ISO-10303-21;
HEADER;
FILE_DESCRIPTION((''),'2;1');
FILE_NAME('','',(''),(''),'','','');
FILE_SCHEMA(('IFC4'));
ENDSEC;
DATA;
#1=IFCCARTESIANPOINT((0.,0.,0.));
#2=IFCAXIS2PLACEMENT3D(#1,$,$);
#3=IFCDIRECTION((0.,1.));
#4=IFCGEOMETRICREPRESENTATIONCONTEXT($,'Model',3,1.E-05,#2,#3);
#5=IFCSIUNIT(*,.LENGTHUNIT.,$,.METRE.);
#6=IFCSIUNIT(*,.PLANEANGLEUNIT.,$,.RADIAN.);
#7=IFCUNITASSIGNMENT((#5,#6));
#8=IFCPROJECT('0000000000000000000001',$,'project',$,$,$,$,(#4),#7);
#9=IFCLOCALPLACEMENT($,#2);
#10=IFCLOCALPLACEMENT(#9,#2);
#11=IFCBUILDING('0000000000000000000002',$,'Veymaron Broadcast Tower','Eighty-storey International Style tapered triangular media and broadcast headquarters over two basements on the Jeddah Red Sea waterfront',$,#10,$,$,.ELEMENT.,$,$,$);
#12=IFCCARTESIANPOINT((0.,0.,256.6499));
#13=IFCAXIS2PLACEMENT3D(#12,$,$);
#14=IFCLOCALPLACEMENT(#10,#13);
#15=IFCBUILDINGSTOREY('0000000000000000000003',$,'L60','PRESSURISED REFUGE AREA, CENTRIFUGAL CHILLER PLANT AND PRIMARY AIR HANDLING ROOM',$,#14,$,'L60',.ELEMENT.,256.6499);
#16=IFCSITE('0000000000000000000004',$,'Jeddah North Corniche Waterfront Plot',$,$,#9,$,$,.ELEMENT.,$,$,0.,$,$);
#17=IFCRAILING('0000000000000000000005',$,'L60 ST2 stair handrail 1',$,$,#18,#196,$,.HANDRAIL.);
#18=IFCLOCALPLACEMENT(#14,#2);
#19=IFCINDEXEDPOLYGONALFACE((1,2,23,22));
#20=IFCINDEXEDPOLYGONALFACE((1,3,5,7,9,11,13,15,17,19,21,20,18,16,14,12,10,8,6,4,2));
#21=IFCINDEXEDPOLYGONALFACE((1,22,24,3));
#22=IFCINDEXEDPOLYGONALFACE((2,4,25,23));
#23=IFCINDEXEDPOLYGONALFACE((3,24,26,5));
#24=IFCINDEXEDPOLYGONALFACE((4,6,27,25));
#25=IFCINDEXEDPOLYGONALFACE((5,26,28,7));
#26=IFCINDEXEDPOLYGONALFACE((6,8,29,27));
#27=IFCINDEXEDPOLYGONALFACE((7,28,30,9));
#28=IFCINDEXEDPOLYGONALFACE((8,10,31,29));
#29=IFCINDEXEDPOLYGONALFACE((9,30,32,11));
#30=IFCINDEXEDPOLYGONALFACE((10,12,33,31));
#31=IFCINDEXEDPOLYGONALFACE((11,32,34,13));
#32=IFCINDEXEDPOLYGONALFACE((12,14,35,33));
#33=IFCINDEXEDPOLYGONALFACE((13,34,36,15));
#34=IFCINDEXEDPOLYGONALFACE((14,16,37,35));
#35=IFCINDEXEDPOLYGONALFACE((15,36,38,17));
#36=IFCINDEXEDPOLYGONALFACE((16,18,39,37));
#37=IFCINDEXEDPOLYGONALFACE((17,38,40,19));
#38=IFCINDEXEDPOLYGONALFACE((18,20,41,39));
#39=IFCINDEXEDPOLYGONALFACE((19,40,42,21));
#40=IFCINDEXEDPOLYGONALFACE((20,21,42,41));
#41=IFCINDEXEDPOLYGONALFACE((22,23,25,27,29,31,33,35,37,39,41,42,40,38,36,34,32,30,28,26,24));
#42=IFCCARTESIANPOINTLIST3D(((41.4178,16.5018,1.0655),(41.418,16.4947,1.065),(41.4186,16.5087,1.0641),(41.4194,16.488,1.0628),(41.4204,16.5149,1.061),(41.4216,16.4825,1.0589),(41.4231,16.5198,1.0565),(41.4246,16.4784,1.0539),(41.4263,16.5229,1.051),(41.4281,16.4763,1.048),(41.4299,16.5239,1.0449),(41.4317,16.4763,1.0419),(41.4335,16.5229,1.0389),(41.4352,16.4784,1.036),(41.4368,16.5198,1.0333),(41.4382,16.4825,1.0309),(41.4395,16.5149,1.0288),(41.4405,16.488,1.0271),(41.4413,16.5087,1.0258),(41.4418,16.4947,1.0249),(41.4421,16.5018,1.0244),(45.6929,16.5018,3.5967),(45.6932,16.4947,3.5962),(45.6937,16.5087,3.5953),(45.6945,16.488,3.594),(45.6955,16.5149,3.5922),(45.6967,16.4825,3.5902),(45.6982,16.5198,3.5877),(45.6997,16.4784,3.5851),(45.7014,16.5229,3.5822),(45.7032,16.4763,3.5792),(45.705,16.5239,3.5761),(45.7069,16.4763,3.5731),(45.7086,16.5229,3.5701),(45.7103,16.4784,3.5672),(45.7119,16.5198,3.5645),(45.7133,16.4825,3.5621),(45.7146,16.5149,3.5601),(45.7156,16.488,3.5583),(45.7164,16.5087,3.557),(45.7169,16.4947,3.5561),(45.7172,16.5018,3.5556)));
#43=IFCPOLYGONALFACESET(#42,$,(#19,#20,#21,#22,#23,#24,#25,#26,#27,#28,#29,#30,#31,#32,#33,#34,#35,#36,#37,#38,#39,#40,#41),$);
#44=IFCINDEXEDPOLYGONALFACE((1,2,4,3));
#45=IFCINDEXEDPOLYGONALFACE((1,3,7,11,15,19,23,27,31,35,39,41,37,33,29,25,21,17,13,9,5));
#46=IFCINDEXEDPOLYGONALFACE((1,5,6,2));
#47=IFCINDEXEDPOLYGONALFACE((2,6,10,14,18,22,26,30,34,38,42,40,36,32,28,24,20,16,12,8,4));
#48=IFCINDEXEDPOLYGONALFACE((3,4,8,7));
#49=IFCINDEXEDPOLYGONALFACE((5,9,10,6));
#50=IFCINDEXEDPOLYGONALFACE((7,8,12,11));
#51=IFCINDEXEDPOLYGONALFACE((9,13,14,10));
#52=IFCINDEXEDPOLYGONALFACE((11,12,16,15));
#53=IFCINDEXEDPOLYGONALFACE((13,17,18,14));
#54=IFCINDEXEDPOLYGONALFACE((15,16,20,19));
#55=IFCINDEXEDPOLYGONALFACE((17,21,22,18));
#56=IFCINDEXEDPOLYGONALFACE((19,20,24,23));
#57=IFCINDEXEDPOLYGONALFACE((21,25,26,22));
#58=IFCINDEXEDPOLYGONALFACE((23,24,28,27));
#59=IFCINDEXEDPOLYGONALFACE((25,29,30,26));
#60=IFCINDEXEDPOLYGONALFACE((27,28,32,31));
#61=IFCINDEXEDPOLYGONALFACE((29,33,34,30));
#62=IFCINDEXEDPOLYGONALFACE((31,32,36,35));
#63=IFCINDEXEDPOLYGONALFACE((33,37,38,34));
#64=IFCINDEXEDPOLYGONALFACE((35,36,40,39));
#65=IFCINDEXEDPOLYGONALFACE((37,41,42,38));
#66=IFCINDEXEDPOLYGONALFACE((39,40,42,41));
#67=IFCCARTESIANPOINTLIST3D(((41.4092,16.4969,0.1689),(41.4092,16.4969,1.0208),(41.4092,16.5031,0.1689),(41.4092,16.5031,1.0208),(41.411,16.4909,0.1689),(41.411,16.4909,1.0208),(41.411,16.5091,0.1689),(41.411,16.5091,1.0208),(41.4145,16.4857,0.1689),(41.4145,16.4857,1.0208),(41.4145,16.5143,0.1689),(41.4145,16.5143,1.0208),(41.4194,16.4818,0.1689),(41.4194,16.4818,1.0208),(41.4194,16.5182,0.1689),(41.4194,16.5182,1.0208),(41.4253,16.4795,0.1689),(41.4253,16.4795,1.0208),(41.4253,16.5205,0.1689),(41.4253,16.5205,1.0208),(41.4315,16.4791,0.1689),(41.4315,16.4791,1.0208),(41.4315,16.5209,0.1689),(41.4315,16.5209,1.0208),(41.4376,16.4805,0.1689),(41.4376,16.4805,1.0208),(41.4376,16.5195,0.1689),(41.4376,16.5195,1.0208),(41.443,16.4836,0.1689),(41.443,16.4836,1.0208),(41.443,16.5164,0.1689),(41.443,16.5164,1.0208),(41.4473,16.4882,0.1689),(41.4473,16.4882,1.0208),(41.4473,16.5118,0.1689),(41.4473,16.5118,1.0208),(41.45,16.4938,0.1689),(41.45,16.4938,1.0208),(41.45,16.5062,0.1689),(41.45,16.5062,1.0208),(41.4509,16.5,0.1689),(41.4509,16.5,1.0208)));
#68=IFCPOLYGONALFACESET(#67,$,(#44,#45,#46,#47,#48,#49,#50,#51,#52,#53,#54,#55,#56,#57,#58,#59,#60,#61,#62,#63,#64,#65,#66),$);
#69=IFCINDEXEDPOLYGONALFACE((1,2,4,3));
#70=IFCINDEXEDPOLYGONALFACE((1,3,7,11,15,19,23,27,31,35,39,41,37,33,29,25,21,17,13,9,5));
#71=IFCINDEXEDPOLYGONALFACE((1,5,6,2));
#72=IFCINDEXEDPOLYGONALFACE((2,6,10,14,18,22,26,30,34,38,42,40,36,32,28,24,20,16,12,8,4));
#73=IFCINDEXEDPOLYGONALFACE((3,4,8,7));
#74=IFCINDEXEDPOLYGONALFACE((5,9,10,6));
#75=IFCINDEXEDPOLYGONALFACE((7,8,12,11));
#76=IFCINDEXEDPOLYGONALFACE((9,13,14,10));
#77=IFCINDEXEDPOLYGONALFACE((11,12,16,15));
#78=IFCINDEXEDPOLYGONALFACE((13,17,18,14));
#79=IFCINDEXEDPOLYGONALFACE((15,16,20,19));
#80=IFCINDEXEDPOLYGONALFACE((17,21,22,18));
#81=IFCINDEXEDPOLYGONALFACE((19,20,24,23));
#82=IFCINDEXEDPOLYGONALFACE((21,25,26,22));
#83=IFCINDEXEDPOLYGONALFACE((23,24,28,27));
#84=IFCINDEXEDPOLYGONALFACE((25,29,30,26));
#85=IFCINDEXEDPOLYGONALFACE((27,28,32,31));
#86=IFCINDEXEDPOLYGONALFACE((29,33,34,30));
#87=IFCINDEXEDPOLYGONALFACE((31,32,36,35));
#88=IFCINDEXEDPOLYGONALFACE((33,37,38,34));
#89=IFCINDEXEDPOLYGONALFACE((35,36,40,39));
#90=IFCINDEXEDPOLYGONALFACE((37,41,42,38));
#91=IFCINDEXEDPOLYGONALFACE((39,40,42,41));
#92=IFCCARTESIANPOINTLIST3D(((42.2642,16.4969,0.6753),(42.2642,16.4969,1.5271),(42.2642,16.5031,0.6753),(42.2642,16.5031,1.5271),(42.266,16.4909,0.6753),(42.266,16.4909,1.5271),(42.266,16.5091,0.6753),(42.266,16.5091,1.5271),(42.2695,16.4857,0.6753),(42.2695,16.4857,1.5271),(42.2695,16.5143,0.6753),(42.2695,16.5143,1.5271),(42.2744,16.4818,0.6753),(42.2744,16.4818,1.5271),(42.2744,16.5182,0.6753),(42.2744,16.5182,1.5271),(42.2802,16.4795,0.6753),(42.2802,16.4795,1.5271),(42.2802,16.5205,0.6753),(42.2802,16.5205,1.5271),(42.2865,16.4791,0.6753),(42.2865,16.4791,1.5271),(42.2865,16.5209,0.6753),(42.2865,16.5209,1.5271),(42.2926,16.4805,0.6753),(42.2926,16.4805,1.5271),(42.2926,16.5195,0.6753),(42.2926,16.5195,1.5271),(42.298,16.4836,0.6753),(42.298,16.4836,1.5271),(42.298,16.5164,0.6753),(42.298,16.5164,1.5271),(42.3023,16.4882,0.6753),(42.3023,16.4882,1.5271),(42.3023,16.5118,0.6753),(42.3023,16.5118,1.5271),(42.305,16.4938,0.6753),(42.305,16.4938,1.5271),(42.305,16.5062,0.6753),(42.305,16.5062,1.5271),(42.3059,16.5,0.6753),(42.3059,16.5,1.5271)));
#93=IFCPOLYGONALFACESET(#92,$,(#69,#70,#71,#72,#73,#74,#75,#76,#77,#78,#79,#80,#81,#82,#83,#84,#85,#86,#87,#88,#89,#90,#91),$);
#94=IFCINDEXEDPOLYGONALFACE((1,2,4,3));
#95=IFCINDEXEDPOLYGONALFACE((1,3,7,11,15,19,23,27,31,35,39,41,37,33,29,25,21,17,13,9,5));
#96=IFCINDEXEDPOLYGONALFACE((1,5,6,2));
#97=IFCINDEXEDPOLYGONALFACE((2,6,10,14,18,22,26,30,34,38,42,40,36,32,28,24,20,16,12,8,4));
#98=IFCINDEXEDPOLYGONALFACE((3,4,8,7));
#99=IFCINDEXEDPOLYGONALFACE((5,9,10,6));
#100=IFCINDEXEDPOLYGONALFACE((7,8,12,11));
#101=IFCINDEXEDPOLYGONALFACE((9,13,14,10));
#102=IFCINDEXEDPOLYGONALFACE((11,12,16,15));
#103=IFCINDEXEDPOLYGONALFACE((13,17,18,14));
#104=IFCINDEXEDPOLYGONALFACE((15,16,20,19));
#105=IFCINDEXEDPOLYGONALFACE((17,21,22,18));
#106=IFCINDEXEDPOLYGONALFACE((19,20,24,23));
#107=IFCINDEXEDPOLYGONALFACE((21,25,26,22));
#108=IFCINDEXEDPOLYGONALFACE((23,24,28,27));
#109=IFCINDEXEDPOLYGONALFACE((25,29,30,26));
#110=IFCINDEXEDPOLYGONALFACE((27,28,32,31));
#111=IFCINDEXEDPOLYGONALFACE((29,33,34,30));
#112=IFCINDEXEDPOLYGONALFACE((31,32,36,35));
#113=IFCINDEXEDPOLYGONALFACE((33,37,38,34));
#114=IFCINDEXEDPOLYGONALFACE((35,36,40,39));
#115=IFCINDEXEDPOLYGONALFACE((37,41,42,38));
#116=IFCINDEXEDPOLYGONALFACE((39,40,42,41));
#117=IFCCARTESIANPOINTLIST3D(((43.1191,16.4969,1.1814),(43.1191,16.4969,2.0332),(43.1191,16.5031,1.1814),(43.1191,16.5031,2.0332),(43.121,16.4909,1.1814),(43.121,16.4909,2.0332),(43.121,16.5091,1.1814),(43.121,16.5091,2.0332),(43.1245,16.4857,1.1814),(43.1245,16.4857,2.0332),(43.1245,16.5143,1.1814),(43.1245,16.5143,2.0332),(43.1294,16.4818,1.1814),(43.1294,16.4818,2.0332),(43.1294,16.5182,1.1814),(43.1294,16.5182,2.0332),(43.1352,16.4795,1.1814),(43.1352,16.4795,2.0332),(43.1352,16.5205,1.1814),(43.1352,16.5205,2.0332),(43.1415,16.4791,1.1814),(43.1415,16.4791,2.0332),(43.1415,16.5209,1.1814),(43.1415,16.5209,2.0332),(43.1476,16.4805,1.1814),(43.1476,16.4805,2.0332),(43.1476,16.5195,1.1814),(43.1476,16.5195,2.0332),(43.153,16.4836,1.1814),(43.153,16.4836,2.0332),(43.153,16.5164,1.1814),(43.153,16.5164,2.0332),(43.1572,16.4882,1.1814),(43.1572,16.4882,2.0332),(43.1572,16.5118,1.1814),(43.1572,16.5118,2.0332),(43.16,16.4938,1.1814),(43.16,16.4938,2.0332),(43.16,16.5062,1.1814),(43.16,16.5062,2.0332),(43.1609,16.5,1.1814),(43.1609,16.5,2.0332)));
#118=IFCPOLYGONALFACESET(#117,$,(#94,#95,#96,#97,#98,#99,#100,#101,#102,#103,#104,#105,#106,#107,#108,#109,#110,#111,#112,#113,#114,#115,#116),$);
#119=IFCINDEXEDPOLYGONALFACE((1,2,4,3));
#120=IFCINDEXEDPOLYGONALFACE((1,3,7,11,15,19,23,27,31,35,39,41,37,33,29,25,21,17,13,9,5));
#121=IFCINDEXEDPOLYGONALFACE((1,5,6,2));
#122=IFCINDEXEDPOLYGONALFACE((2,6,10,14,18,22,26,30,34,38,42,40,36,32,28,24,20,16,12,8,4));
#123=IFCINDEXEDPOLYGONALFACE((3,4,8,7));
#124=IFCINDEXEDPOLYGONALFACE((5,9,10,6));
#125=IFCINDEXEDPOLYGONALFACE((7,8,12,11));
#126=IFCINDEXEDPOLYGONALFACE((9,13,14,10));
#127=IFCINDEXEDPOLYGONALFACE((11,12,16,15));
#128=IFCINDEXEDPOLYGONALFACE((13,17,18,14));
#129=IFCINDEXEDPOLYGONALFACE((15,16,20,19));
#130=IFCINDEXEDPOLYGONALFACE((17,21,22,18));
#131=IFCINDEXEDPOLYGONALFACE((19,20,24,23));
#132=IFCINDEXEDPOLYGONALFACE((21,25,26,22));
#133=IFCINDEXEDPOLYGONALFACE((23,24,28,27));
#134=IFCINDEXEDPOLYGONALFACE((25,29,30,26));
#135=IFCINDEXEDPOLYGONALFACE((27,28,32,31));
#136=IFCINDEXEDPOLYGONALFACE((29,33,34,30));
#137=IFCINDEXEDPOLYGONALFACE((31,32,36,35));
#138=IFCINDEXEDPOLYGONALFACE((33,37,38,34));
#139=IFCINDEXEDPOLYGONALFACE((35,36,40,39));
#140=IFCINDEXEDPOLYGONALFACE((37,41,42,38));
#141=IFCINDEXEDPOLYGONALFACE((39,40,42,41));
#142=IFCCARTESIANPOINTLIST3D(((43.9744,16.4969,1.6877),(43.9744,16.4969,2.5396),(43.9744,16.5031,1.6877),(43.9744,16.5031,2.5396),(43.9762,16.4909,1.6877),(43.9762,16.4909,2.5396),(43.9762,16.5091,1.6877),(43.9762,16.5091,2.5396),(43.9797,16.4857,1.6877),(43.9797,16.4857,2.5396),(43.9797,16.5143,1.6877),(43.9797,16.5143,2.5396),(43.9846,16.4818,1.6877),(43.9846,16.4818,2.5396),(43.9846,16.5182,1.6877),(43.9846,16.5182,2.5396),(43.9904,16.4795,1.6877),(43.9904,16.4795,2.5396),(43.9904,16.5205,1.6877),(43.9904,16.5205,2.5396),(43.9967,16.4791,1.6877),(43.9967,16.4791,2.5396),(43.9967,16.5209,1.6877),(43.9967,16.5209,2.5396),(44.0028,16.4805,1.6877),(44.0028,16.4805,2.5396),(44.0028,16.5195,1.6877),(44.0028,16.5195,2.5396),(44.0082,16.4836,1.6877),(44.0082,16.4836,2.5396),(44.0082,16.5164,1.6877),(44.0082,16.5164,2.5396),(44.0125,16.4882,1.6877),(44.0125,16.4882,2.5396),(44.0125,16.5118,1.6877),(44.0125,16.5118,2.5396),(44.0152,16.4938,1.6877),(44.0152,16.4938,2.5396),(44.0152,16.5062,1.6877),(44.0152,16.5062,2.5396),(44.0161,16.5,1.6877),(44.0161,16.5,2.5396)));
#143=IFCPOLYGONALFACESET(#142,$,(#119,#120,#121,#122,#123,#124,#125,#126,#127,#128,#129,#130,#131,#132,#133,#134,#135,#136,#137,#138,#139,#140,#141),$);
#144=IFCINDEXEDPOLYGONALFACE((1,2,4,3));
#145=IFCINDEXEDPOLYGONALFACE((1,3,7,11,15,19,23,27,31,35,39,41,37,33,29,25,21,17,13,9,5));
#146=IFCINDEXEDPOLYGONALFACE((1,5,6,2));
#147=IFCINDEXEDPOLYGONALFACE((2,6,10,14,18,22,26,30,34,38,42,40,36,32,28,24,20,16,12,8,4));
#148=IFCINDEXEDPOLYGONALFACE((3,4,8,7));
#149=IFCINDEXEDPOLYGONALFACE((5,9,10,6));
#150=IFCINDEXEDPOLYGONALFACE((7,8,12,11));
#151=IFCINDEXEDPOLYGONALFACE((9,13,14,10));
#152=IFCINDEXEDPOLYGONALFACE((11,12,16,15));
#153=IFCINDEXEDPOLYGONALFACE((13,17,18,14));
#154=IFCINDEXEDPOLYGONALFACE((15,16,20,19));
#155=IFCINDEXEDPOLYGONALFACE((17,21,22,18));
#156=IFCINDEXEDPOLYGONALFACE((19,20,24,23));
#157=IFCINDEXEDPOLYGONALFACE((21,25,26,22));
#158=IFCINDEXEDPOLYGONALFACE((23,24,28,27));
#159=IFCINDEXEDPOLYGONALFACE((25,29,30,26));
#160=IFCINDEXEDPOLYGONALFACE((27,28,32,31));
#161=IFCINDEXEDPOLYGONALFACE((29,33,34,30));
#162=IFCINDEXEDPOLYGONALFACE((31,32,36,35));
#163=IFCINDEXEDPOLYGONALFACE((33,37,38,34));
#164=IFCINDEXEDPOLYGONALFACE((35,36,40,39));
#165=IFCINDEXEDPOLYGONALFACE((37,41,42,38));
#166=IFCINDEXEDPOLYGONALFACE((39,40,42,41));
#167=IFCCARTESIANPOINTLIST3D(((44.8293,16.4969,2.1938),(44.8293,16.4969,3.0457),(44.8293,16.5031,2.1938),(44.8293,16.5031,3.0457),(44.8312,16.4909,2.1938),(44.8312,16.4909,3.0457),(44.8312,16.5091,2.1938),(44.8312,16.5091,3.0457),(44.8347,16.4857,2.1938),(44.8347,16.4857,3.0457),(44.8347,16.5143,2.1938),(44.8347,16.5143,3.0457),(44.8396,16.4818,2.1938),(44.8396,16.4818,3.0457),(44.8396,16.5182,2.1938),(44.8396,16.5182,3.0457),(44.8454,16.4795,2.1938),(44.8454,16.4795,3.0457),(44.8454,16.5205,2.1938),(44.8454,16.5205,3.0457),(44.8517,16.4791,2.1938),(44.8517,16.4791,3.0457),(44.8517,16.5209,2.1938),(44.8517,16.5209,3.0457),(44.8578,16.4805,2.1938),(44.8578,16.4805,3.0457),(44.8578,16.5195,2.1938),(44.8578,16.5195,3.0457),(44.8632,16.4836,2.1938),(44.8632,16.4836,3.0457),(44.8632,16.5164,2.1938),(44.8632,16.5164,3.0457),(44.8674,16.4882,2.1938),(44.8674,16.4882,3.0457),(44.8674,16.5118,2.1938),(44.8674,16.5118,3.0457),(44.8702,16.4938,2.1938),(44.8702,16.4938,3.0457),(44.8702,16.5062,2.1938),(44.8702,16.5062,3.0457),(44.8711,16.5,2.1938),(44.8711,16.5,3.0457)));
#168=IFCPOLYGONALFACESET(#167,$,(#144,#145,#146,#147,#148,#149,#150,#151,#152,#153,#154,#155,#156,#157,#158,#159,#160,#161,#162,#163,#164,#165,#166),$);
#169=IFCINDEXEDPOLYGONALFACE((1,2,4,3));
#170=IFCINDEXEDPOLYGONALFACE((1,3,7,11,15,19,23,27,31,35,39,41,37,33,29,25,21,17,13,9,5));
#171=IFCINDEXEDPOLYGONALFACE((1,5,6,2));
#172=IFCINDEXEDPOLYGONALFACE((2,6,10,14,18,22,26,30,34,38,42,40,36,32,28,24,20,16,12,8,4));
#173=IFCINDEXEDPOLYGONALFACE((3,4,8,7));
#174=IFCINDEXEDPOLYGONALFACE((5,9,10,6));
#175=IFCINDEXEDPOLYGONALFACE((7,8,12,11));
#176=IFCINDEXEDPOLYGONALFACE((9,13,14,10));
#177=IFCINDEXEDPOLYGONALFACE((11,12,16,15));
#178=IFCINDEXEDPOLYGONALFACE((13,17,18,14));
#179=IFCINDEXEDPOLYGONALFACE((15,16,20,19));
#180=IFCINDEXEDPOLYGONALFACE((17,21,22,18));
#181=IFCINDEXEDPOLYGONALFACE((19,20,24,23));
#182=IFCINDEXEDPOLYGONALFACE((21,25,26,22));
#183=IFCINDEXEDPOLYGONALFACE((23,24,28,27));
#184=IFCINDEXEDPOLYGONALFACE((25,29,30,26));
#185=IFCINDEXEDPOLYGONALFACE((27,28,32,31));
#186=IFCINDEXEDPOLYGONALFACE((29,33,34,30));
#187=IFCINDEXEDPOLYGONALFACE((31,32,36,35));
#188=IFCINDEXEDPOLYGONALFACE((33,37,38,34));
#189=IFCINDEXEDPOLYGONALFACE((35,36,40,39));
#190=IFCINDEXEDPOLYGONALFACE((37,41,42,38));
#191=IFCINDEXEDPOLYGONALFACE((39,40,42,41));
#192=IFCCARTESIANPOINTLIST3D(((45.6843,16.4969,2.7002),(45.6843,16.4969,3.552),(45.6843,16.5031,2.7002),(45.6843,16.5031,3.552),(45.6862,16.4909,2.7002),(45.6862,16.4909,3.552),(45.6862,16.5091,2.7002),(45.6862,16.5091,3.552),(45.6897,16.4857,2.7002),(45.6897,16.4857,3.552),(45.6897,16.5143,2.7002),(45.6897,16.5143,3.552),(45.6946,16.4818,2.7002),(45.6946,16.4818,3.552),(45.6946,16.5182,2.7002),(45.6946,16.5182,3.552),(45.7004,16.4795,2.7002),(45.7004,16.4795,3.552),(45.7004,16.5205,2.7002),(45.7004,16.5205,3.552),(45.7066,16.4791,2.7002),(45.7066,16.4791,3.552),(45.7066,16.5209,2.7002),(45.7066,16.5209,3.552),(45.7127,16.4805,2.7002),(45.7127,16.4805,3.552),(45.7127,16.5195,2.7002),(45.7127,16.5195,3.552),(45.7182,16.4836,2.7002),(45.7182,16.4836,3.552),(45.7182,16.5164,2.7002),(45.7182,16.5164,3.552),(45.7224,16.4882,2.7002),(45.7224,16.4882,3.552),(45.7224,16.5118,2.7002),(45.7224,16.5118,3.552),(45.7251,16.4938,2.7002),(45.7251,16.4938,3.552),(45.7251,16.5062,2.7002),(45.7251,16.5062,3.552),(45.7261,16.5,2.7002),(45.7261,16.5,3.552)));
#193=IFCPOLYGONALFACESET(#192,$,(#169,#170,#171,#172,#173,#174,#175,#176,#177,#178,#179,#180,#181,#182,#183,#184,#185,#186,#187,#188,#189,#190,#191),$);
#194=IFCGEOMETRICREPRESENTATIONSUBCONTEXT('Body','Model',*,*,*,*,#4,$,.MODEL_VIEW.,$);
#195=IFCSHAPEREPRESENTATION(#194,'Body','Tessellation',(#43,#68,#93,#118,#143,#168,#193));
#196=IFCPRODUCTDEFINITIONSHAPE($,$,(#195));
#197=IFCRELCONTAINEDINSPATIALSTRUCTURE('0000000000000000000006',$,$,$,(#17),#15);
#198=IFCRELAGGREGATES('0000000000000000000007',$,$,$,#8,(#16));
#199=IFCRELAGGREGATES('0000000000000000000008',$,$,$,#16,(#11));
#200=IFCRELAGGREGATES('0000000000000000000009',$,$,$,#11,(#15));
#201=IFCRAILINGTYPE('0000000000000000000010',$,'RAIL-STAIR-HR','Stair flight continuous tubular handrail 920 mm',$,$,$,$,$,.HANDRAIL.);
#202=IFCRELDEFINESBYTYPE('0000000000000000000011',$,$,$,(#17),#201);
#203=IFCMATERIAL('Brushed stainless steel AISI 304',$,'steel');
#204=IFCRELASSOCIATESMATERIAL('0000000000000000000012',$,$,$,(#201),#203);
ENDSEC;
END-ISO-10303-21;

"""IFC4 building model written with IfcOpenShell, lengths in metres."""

from ifc_helpers import new_model, si_unit, direction, frame, origin, origin_2d, place, context, subcontext, project, spatial, circle, extrude, material, type_object, element, save


model = new_model("IFC4")

# Units and contexts
model_context = context("Model", 3, precision=1e-05, world=origin(), true_north=direction((0.0, 1.0)))
body_context = subcontext(model_context, "Body", "Model", "MODEL_VIEW")
ifc_project = project(units=[si_unit("LENGTHUNIT", "METRE"), si_unit("PLANEANGLEUNIT", "RADIAN")], contexts=[model_context])

# Site, building, storey
site_placement = place(None, origin())
site = spatial("IfcSite", under=ifc_project, at=site_placement, Name="Jeddah North Corniche Waterfront Plot", CompositionType="ELEMENT", RefElevation=0.0)
building_placement = place(site_placement, origin())
building = spatial("IfcBuilding", under=site, at=building_placement, Name="Veymaron Broadcast Tower", Description="Eighty-storey International Style tapered triangular media and broadcast headquarters over two basements on the Jeddah Red Sea waterfront", CompositionType="ELEMENT")
storey_placement = place(building_placement, frame((0.0, 0.0, 256.6499)))
storey = spatial("IfcBuildingStorey", under=building, at=storey_placement, Name="L60", Description="PRESSURISED REFUGE AREA, CENTRIFUGAL CHILLER PLANT AND PRIMARY AIR HANDLING ROOM", LongName="L60", CompositionType="ELEMENT", Elevation=256.6499)

# Shared definitions
ifc_material_1 = material(Name="Brushed stainless steel AISI 304", Category="steel")

# Railing
railing_type_1 = type_object("IfcRailingType", Name="RAIL-STAIR-HR", Description="Stair flight continuous tubular handrail 920 mm", PredefinedType="HANDRAIL", material=ifc_material_1)
railing_1_placement = place(storey_placement, frame((41.4299, 16.5, 0.1689)))
element("IfcRailing", 1, at=railing_1_placement, inside=storey, type_object=railing_type_1, Name="L60 ST2 stair handrail 1", PredefinedType="HANDRAIL", context=body_context, shape_type="SweptSolid", body=[
    extrude(circle(Radius=0.0239, at=origin_2d()), frame((0.0, 0.0, 0.876), z_axis=(0.860483, 0.0, 0.509479), x_axis=(0.0, 1.0, 0.0)), (0.0, 0.0, 1.0), 4.9683),
    extrude(circle(Radius=0.021, at=origin_2d()), origin(), (0.0, 0.0, 1.0), 0.8518),
    extrude(circle(Radius=0.021, at=origin_2d()), frame((0.855, 0.0, 0.5063)), (0.0, 0.0, 1.0), 0.8518),
    extrude(circle(Radius=0.021, at=origin_2d()), frame((1.71, 0.0, 1.0125)), (0.0, 0.0, 1.0), 0.8518),
    extrude(circle(Radius=0.021, at=origin_2d()), frame((2.5652, 0.0, 1.5188)), (0.0, 0.0, 1.0), 0.8518),
    extrude(circle(Radius=0.021, at=origin_2d()), frame((3.4202, 0.0, 2.0249)), (0.0, 0.0, 1.0), 0.8518),
    extrude(circle(Radius=0.021, at=origin_2d()), frame((4.2751, 0.0, 2.5312)), (0.0, 0.0, 1.0), 0.8518),
])

save(model, "model.ifc")
